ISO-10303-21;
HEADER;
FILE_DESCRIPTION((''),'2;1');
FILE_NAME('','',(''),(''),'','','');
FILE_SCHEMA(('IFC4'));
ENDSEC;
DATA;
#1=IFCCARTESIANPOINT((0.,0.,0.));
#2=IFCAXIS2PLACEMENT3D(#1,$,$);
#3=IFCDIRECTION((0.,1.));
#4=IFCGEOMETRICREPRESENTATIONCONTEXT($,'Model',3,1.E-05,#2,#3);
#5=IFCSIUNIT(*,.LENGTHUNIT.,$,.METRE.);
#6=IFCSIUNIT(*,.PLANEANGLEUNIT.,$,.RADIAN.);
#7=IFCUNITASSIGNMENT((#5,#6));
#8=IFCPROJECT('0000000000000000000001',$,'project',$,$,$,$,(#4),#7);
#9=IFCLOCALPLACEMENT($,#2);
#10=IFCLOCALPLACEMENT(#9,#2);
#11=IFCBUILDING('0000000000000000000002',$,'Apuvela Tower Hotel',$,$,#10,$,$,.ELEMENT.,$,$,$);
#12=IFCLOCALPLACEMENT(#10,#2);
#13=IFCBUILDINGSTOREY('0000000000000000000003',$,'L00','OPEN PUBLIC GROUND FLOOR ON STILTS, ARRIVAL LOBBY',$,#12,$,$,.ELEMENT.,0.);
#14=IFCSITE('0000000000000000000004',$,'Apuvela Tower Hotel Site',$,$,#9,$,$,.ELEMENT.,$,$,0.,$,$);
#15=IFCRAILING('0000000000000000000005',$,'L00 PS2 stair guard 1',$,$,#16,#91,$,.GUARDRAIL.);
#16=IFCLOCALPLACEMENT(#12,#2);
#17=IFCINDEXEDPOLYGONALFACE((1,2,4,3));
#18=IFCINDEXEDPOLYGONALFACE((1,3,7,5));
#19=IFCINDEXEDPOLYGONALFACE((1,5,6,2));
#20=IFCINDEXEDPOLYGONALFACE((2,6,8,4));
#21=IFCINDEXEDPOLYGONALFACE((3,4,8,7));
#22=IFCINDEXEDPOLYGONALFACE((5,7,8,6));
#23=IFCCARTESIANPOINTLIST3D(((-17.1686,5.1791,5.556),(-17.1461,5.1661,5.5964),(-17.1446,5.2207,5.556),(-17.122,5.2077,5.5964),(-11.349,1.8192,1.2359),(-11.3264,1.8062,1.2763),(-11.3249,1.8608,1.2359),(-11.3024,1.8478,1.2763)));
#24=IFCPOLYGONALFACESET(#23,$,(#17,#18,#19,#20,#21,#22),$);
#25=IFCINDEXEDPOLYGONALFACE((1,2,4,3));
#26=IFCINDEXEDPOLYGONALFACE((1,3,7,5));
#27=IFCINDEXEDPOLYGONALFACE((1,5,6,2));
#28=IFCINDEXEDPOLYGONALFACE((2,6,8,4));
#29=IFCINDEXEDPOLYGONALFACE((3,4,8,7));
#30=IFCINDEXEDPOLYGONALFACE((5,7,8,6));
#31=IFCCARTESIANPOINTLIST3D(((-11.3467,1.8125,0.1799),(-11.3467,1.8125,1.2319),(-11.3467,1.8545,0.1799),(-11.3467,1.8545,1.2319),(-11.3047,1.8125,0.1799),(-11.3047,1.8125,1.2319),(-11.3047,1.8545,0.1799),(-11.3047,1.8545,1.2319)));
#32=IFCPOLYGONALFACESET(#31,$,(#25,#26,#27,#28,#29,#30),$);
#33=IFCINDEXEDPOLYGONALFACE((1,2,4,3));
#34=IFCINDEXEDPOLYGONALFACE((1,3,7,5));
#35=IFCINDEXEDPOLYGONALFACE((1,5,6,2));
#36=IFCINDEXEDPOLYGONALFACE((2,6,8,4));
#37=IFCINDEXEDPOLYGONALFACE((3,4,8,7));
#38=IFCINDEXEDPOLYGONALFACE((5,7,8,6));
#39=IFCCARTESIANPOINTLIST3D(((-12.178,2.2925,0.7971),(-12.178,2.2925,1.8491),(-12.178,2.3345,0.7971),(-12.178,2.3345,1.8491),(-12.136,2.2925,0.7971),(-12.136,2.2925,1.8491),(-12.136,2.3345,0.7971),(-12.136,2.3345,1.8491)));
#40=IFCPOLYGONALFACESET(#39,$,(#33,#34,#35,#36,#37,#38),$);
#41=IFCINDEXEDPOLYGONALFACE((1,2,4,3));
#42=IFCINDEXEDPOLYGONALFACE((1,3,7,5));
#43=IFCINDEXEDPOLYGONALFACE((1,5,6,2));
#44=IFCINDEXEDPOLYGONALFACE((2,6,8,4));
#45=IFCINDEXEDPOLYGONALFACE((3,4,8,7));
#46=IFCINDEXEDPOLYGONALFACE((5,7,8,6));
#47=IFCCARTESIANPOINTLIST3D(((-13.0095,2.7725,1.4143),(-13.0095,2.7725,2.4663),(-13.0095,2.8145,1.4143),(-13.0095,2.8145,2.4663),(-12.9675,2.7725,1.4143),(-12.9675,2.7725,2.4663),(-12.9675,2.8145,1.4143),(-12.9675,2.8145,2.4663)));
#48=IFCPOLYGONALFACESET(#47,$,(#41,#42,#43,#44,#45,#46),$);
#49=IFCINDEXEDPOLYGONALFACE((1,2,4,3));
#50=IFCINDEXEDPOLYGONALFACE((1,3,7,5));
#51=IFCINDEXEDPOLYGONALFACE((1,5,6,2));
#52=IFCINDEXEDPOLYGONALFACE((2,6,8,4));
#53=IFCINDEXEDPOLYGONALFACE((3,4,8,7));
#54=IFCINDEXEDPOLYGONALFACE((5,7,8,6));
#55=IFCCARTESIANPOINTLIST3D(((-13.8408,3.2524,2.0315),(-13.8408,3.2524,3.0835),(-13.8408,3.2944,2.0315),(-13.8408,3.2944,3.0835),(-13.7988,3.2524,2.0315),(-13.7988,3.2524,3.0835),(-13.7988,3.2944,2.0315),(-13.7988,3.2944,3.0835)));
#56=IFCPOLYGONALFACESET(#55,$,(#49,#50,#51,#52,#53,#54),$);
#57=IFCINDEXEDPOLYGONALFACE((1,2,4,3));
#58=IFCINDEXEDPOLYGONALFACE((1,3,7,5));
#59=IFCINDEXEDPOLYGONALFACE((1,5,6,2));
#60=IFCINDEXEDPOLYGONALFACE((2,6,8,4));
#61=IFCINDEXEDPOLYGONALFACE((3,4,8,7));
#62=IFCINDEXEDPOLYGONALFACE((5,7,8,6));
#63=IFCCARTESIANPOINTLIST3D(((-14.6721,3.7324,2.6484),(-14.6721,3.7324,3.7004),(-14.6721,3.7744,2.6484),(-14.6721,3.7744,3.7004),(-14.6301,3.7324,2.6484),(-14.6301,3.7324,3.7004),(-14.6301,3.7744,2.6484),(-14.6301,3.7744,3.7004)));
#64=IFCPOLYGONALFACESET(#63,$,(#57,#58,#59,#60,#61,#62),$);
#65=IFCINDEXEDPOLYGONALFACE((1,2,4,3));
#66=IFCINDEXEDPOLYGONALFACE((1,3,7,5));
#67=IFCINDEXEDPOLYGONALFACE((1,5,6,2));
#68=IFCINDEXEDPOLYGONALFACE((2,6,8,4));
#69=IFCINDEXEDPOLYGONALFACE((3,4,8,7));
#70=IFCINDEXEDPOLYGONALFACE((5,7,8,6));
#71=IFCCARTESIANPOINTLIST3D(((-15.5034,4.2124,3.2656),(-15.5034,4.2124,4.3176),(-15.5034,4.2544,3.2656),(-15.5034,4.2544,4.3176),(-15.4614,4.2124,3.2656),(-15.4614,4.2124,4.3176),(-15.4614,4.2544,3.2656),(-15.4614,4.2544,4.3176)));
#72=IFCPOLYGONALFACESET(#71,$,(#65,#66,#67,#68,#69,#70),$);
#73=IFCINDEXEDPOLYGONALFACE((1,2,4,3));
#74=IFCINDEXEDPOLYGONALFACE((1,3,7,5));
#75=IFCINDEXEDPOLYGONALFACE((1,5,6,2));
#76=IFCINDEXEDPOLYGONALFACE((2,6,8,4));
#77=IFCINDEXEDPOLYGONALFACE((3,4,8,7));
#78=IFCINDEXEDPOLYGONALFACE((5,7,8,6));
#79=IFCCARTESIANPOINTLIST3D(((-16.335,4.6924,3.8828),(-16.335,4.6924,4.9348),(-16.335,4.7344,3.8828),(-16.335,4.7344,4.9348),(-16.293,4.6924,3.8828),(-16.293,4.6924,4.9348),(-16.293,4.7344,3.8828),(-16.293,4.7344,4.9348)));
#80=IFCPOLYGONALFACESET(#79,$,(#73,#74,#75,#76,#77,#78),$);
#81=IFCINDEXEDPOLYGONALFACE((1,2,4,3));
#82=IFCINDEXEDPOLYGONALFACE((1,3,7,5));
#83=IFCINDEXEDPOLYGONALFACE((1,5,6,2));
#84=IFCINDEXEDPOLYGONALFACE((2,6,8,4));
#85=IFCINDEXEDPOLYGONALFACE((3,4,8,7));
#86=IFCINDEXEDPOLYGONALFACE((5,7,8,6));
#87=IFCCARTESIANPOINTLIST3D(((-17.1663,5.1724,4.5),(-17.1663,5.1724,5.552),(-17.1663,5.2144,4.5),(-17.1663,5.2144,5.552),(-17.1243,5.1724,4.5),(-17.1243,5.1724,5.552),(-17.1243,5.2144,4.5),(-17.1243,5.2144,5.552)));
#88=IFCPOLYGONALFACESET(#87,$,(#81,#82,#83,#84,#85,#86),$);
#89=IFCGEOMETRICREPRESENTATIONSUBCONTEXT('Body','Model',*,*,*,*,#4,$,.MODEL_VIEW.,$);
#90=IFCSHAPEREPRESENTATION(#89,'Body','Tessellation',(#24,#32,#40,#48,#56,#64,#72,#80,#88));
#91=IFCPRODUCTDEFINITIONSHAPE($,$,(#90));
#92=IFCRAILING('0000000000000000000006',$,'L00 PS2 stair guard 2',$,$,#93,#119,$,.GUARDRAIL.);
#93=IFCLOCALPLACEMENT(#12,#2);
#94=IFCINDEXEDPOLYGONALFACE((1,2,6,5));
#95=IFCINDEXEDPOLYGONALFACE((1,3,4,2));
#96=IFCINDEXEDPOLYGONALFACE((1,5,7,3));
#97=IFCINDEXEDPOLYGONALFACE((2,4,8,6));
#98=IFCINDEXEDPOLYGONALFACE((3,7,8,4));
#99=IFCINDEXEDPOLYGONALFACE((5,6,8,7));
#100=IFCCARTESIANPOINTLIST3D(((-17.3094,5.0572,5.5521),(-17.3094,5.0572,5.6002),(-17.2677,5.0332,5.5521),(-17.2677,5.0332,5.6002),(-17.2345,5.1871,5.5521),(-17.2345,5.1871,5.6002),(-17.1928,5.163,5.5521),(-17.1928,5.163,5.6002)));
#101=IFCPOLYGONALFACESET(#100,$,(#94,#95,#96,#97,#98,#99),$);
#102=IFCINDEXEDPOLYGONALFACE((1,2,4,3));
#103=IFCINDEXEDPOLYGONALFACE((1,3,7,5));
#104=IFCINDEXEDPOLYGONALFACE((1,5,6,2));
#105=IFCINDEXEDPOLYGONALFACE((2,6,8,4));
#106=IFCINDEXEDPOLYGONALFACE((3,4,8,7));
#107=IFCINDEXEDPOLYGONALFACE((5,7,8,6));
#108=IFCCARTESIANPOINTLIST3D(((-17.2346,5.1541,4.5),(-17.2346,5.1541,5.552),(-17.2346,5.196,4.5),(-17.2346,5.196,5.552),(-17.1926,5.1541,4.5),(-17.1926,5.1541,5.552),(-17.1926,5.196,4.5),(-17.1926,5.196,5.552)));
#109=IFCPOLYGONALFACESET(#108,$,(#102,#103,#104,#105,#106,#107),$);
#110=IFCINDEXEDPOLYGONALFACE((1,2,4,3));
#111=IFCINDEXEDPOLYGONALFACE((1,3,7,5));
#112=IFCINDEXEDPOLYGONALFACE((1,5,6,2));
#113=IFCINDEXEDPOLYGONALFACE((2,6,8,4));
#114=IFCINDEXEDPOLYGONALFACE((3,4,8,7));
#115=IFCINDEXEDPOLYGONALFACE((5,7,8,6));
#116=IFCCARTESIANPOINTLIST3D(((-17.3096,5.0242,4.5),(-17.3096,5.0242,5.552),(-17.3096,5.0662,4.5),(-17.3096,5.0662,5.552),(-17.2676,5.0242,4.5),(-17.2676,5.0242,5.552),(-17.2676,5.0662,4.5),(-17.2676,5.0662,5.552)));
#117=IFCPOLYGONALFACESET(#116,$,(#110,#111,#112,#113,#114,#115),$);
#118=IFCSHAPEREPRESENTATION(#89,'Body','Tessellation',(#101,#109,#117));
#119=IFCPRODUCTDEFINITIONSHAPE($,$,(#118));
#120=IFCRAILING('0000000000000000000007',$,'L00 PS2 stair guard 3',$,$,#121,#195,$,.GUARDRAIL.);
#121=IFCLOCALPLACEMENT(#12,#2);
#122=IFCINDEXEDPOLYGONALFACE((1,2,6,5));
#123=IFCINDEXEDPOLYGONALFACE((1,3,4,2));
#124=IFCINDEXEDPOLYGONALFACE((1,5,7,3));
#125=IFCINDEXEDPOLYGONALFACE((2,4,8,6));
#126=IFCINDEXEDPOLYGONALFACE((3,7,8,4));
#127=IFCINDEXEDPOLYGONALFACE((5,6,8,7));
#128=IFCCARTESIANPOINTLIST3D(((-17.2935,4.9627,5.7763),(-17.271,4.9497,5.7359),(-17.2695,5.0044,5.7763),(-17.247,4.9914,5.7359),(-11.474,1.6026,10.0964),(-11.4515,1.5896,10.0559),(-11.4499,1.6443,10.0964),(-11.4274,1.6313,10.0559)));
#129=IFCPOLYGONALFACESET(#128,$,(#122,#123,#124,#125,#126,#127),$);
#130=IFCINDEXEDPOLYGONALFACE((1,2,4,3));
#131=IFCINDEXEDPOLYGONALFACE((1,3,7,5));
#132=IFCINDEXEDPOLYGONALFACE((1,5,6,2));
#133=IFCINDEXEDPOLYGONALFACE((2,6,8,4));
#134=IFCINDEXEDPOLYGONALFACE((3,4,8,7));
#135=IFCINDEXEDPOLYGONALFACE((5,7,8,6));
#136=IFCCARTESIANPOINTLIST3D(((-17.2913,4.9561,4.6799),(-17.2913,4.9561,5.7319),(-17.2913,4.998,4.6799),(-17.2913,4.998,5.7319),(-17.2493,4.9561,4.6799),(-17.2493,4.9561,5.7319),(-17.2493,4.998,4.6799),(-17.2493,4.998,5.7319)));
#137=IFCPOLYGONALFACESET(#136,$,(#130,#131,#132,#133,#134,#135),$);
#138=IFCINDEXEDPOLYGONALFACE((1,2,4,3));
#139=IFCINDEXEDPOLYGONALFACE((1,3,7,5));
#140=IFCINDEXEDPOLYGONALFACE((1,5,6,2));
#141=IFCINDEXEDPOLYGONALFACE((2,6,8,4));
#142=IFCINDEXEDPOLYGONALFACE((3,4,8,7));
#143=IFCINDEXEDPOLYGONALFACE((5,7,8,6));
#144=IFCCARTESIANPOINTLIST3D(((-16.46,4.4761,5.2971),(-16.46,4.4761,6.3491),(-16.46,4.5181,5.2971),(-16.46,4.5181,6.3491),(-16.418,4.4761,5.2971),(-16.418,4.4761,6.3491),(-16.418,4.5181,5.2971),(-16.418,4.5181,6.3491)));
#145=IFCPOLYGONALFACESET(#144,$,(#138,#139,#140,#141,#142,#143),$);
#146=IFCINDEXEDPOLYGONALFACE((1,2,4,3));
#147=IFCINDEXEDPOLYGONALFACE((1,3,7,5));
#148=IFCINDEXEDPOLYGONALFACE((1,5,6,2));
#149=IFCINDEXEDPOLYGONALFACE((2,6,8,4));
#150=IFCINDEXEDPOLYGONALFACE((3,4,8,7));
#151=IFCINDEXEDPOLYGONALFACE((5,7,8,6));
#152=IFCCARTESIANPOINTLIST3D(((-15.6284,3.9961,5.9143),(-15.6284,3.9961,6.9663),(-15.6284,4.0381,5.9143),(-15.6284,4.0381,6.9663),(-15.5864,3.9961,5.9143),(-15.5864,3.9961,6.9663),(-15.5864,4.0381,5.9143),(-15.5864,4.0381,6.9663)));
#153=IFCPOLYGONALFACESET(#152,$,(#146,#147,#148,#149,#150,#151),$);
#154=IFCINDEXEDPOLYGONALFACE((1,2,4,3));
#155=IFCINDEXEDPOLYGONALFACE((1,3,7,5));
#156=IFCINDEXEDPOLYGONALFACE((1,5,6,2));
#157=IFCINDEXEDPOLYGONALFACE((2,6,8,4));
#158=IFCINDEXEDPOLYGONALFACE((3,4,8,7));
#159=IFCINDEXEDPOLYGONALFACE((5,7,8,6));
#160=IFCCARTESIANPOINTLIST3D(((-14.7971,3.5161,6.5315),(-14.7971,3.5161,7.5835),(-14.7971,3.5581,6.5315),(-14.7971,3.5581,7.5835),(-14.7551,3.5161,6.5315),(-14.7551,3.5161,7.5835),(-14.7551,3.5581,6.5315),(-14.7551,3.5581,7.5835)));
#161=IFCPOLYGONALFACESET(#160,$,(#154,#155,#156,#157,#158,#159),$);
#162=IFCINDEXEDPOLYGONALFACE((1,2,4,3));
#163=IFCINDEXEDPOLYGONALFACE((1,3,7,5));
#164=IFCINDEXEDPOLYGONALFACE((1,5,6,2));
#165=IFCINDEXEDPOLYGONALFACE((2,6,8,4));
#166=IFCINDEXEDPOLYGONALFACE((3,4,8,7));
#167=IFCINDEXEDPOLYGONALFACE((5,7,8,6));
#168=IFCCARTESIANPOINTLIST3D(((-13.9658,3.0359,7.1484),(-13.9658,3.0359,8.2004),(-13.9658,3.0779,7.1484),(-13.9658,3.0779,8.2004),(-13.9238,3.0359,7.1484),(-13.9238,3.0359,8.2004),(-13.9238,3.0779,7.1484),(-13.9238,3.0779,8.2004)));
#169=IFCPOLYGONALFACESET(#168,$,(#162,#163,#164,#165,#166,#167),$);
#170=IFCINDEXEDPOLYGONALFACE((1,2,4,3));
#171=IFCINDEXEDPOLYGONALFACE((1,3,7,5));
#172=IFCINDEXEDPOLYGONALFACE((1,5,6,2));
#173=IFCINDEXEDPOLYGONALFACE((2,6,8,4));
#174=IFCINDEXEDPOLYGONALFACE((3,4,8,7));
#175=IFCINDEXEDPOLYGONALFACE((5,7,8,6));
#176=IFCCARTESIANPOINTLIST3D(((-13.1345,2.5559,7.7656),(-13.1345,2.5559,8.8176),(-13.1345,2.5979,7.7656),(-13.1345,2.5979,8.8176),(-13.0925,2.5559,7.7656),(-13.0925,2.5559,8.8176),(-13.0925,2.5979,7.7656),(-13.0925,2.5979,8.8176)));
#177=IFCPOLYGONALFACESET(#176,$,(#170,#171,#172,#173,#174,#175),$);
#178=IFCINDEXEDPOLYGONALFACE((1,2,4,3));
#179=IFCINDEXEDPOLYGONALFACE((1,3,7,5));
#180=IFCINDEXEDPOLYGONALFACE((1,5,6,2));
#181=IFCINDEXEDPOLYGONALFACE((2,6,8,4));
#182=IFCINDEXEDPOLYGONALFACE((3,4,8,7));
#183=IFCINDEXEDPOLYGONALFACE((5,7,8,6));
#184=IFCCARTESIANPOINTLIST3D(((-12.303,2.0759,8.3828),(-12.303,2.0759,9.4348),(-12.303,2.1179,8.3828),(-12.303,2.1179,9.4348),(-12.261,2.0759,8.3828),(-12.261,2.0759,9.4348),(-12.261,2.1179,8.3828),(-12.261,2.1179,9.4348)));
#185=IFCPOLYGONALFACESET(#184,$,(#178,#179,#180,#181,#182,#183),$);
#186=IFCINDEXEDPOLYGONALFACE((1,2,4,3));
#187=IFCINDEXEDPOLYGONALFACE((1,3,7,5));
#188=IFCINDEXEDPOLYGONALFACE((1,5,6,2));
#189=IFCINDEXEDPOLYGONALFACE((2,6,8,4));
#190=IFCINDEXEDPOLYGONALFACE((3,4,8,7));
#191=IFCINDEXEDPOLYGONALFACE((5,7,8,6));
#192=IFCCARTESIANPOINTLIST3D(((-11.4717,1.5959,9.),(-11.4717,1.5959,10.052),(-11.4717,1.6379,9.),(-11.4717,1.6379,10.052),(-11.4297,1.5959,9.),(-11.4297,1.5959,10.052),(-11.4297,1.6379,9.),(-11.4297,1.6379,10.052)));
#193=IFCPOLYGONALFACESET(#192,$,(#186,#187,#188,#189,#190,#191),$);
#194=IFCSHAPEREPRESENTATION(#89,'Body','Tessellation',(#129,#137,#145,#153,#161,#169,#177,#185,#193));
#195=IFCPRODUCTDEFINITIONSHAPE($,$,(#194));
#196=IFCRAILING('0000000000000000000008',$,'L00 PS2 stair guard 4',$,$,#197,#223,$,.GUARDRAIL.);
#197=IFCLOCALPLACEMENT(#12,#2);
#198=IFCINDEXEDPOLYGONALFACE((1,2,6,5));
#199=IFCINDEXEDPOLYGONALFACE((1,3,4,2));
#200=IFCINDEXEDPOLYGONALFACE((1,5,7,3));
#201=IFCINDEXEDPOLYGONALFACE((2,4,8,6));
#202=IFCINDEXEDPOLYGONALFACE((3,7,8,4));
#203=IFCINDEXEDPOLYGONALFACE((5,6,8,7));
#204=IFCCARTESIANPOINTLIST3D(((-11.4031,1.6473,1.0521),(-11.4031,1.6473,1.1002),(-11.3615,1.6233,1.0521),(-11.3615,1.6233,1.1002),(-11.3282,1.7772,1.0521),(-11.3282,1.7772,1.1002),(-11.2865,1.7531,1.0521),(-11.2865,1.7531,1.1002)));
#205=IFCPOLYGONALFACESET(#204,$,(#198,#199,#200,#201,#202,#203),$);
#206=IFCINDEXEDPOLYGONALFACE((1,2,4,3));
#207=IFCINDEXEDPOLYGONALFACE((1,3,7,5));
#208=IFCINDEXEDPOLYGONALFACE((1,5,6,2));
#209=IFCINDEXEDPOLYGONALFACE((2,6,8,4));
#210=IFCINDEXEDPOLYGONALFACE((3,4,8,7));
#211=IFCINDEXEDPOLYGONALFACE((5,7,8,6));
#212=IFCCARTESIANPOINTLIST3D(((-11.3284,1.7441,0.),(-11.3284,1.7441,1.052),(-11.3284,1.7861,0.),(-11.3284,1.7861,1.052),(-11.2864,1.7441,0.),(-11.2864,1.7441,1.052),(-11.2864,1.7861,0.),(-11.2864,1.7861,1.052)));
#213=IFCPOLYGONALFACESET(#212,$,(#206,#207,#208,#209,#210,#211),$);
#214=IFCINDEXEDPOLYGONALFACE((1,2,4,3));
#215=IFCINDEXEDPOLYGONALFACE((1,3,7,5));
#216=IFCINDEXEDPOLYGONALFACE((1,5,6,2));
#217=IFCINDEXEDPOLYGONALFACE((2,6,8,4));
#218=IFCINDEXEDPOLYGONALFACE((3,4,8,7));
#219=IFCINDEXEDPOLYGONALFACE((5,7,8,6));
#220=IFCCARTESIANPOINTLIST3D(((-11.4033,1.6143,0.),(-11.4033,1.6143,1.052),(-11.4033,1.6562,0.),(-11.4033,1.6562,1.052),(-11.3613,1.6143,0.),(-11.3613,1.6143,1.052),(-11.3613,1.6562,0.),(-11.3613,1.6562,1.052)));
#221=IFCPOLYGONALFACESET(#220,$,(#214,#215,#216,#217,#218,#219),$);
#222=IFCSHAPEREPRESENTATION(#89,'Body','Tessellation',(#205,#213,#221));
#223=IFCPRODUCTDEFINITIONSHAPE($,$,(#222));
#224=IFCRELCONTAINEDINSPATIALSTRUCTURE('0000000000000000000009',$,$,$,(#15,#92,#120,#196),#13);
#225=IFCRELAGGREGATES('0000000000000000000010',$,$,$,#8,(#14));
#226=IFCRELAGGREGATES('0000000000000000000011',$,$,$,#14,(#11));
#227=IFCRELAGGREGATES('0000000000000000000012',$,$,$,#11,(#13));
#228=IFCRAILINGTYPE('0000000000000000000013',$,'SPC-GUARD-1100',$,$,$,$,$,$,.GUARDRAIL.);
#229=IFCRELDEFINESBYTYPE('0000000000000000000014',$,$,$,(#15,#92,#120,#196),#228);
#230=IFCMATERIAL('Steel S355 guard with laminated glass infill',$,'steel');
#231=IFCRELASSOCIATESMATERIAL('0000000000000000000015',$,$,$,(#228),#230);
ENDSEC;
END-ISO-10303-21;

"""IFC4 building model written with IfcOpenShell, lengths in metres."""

from ifc_helpers import new_model, si_unit, direction, frame, origin, origin_2d, place, context, subcontext, project, spatial, rectangle, extrude, material, type_object, element, save


model = new_model("IFC4")

# Units and contexts
model_context = context("Model", 3, precision=1e-05, world=origin(), true_north=direction((0.0, 1.0)))
body_context = subcontext(model_context, "Body", "Model", "MODEL_VIEW")
ifc_project = project(units=[si_unit("LENGTHUNIT", "METRE"), si_unit("PLANEANGLEUNIT", "RADIAN")], contexts=[model_context])

# Site, building, storey
site_placement = place(None, origin())
site = spatial("IfcSite", under=ifc_project, at=site_placement, Name="Apuvela Tower Hotel Site", CompositionType="ELEMENT", RefElevation=0.0)
building_placement = place(site_placement, origin())
building = spatial("IfcBuilding", under=site, at=building_placement, Name="Apuvela Tower Hotel", CompositionType="ELEMENT")
storey_placement = place(building_placement, origin())
storey = spatial("IfcBuildingStorey", under=building, at=storey_placement, Name="L00", Description="OPEN PUBLIC GROUND FLOOR ON STILTS, ARRIVAL LOBBY", CompositionType="ELEMENT", Elevation=0.0)

# Railings
ifc_material_1 = material(Name="Steel S355 guard with laminated glass infill", Category="steel")
railing_type_1 = type_object("IfcRailingType", Name="SPC-GUARD-1100", PredefinedType="GUARDRAIL", material=ifc_material_1)
railing_1_placement = place(storey_placement, frame((-11.3257, 1.8335, 0.1799)))
element("IfcRailing", 1, at=railing_1_placement, inside=storey, type_object=railing_type_1, Name="L00 PS2 stair guard 1", PredefinedType="GUARDRAIL", context=body_context, shape_type="SweptSolid", body=[
    extrude(rectangle(XDim=0.0481, YDim=0.0481, at=origin_2d()), frame((0.0, 0.0, 1.0762), z_axis=(-0.728477, 0.420577, 0.540773), x_axis=(-0.499992, -0.86603, 0.0)), (0.0, 0.0, 1.0), 7.9888),
    extrude(rectangle(XDim=0.042, YDim=0.042, at=origin_2d()), origin(), (0.0, 0.0, 1.0), 1.052),
    extrude(rectangle(XDim=0.042, YDim=0.042, at=origin_2d()), frame((-0.8313, 0.48, 0.6172)), (0.0, 0.0, 1.0), 1.052),
    extrude(rectangle(XDim=0.042, YDim=0.042, at=origin_2d()), frame((-1.6628, 0.96, 1.2344)), (0.0, 0.0, 1.0), 1.052),
    extrude(rectangle(XDim=0.042, YDim=0.042, at=origin_2d()), frame((-2.4941, 1.4399, 1.8516)), (0.0, 0.0, 1.0), 1.052),
    extrude(rectangle(XDim=0.042, YDim=0.042, at=origin_2d()), frame((-3.3254, 1.9199, 2.4685)), (0.0, 0.0, 1.0), 1.052),
    extrude(rectangle(XDim=0.042, YDim=0.042, at=origin_2d()), frame((-4.1567, 2.3999, 3.0857)), (0.0, 0.0, 1.0), 1.052),
    extrude(rectangle(XDim=0.042, YDim=0.042, at=origin_2d()), frame((-4.9883, 2.8799, 3.7029)), (0.0, 0.0, 1.0), 1.052),
    extrude(rectangle(XDim=0.042, YDim=0.042, at=origin_2d()), frame((-5.8196, 3.3599, 4.3201)), (0.0, 0.0, 1.0), 1.052),
])
railing_2_placement = place(storey_placement, frame((-17.2136, 5.175, 4.5)))
element("IfcRailing", 2, at=railing_2_placement, inside=storey, type_object=railing_type_1, Name="L00 PS2 stair guard 2", PredefinedType="GUARDRAIL", context=body_context, shape_type="SweptSolid", body=[
    extrude(rectangle(XDim=0.0481, YDim=0.0481, at=origin_2d()), frame((0.0, 0.0, 1.0762), z_axis=(-0.499816, -0.866131, 0.0), x_axis=(0.866131, -0.499816, 0.0)), (0.0, 0.0, 1.0), 0.1499),
    extrude(rectangle(XDim=0.042, YDim=0.042, at=origin_2d()), origin(), (0.0, 0.0, 1.0), 1.052),
    extrude(rectangle(XDim=0.042, YDim=0.042, at=origin_2d()), frame((-0.075, -0.1299, 0.0)), (0.0, 0.0, 1.0), 1.052),
])
railing_3_placement = place(storey_placement, frame((-17.2703, 4.9771, 4.6799)))
element("IfcRailing", 3, at=railing_3_placement, inside=storey, type_object=railing_type_1, Name="L00 PS2 stair guard 3", PredefinedType="GUARDRAIL", context=body_context, shape_type="SweptSolid", body=[
    extrude(rectangle(XDim=0.0481, YDim=0.0481, at=origin_2d()), frame((0.0, 0.0, 1.0762), z_axis=(0.728468, -0.420603, 0.540766), x_axis=(0.500019, 0.866014, 0.0)), (0.0, 0.0, 1.0), 7.9888),
    extrude(rectangle(XDim=0.042, YDim=0.042, at=origin_2d()), origin(), (0.0, 0.0, 1.0), 1.052),
    extrude(rectangle(XDim=0.042, YDim=0.042, at=origin_2d()), frame((0.8313, -0.48, 0.6172)), (0.0, 0.0, 1.0), 1.052),
    extrude(rectangle(XDim=0.042, YDim=0.042, at=origin_2d()), frame((1.6628, -0.96, 1.2344)), (0.0, 0.0, 1.0), 1.052),
    extrude(rectangle(XDim=0.042, YDim=0.042, at=origin_2d()), frame((2.4941, -1.4399, 1.8516)), (0.0, 0.0, 1.0), 1.052),
    extrude(rectangle(XDim=0.042, YDim=0.042, at=origin_2d()), frame((3.3254, -1.9202, 2.4685)), (0.0, 0.0, 1.0), 1.052),
    extrude(rectangle(XDim=0.042, YDim=0.042, at=origin_2d()), frame((4.1567, -2.4001, 3.0857)), (0.0, 0.0, 1.0), 1.052),
    extrude(rectangle(XDim=0.042, YDim=0.042, at=origin_2d()), frame((4.9883, -2.8801, 3.7029)), (0.0, 0.0, 1.0), 1.052),
    extrude(rectangle(XDim=0.042, YDim=0.042, at=origin_2d()), frame((5.8196, -3.3601, 4.3201)), (0.0, 0.0, 1.0), 1.052),
])
railing_4_placement = place(storey_placement, frame((-11.3074, 1.7651, 0.0)))
element("IfcRailing", 4, at=railing_4_placement, inside=storey, type_object=railing_type_1, Name="L00 PS2 stair guard 4", PredefinedType="GUARDRAIL", context=body_context, shape_type="SweptSolid", body=[
    extrude(rectangle(XDim=0.0481, YDim=0.0481, at=origin_2d()), frame((0.0, 0.0, 1.0762), z_axis=(-0.499816, -0.866131, 0.0), x_axis=(0.866131, -0.499816, 0.0)), (0.0, 0.0, 1.0), 0.1499),
    extrude(rectangle(XDim=0.042, YDim=0.042, at=origin_2d()), origin(), (0.0, 0.0, 1.0), 1.052),
    extrude(rectangle(XDim=0.042, YDim=0.042, at=origin_2d()), frame((-0.075, -0.1299, 0.0)), (0.0, 0.0, 1.0), 1.052),
])

save(model, "model.ifc")
